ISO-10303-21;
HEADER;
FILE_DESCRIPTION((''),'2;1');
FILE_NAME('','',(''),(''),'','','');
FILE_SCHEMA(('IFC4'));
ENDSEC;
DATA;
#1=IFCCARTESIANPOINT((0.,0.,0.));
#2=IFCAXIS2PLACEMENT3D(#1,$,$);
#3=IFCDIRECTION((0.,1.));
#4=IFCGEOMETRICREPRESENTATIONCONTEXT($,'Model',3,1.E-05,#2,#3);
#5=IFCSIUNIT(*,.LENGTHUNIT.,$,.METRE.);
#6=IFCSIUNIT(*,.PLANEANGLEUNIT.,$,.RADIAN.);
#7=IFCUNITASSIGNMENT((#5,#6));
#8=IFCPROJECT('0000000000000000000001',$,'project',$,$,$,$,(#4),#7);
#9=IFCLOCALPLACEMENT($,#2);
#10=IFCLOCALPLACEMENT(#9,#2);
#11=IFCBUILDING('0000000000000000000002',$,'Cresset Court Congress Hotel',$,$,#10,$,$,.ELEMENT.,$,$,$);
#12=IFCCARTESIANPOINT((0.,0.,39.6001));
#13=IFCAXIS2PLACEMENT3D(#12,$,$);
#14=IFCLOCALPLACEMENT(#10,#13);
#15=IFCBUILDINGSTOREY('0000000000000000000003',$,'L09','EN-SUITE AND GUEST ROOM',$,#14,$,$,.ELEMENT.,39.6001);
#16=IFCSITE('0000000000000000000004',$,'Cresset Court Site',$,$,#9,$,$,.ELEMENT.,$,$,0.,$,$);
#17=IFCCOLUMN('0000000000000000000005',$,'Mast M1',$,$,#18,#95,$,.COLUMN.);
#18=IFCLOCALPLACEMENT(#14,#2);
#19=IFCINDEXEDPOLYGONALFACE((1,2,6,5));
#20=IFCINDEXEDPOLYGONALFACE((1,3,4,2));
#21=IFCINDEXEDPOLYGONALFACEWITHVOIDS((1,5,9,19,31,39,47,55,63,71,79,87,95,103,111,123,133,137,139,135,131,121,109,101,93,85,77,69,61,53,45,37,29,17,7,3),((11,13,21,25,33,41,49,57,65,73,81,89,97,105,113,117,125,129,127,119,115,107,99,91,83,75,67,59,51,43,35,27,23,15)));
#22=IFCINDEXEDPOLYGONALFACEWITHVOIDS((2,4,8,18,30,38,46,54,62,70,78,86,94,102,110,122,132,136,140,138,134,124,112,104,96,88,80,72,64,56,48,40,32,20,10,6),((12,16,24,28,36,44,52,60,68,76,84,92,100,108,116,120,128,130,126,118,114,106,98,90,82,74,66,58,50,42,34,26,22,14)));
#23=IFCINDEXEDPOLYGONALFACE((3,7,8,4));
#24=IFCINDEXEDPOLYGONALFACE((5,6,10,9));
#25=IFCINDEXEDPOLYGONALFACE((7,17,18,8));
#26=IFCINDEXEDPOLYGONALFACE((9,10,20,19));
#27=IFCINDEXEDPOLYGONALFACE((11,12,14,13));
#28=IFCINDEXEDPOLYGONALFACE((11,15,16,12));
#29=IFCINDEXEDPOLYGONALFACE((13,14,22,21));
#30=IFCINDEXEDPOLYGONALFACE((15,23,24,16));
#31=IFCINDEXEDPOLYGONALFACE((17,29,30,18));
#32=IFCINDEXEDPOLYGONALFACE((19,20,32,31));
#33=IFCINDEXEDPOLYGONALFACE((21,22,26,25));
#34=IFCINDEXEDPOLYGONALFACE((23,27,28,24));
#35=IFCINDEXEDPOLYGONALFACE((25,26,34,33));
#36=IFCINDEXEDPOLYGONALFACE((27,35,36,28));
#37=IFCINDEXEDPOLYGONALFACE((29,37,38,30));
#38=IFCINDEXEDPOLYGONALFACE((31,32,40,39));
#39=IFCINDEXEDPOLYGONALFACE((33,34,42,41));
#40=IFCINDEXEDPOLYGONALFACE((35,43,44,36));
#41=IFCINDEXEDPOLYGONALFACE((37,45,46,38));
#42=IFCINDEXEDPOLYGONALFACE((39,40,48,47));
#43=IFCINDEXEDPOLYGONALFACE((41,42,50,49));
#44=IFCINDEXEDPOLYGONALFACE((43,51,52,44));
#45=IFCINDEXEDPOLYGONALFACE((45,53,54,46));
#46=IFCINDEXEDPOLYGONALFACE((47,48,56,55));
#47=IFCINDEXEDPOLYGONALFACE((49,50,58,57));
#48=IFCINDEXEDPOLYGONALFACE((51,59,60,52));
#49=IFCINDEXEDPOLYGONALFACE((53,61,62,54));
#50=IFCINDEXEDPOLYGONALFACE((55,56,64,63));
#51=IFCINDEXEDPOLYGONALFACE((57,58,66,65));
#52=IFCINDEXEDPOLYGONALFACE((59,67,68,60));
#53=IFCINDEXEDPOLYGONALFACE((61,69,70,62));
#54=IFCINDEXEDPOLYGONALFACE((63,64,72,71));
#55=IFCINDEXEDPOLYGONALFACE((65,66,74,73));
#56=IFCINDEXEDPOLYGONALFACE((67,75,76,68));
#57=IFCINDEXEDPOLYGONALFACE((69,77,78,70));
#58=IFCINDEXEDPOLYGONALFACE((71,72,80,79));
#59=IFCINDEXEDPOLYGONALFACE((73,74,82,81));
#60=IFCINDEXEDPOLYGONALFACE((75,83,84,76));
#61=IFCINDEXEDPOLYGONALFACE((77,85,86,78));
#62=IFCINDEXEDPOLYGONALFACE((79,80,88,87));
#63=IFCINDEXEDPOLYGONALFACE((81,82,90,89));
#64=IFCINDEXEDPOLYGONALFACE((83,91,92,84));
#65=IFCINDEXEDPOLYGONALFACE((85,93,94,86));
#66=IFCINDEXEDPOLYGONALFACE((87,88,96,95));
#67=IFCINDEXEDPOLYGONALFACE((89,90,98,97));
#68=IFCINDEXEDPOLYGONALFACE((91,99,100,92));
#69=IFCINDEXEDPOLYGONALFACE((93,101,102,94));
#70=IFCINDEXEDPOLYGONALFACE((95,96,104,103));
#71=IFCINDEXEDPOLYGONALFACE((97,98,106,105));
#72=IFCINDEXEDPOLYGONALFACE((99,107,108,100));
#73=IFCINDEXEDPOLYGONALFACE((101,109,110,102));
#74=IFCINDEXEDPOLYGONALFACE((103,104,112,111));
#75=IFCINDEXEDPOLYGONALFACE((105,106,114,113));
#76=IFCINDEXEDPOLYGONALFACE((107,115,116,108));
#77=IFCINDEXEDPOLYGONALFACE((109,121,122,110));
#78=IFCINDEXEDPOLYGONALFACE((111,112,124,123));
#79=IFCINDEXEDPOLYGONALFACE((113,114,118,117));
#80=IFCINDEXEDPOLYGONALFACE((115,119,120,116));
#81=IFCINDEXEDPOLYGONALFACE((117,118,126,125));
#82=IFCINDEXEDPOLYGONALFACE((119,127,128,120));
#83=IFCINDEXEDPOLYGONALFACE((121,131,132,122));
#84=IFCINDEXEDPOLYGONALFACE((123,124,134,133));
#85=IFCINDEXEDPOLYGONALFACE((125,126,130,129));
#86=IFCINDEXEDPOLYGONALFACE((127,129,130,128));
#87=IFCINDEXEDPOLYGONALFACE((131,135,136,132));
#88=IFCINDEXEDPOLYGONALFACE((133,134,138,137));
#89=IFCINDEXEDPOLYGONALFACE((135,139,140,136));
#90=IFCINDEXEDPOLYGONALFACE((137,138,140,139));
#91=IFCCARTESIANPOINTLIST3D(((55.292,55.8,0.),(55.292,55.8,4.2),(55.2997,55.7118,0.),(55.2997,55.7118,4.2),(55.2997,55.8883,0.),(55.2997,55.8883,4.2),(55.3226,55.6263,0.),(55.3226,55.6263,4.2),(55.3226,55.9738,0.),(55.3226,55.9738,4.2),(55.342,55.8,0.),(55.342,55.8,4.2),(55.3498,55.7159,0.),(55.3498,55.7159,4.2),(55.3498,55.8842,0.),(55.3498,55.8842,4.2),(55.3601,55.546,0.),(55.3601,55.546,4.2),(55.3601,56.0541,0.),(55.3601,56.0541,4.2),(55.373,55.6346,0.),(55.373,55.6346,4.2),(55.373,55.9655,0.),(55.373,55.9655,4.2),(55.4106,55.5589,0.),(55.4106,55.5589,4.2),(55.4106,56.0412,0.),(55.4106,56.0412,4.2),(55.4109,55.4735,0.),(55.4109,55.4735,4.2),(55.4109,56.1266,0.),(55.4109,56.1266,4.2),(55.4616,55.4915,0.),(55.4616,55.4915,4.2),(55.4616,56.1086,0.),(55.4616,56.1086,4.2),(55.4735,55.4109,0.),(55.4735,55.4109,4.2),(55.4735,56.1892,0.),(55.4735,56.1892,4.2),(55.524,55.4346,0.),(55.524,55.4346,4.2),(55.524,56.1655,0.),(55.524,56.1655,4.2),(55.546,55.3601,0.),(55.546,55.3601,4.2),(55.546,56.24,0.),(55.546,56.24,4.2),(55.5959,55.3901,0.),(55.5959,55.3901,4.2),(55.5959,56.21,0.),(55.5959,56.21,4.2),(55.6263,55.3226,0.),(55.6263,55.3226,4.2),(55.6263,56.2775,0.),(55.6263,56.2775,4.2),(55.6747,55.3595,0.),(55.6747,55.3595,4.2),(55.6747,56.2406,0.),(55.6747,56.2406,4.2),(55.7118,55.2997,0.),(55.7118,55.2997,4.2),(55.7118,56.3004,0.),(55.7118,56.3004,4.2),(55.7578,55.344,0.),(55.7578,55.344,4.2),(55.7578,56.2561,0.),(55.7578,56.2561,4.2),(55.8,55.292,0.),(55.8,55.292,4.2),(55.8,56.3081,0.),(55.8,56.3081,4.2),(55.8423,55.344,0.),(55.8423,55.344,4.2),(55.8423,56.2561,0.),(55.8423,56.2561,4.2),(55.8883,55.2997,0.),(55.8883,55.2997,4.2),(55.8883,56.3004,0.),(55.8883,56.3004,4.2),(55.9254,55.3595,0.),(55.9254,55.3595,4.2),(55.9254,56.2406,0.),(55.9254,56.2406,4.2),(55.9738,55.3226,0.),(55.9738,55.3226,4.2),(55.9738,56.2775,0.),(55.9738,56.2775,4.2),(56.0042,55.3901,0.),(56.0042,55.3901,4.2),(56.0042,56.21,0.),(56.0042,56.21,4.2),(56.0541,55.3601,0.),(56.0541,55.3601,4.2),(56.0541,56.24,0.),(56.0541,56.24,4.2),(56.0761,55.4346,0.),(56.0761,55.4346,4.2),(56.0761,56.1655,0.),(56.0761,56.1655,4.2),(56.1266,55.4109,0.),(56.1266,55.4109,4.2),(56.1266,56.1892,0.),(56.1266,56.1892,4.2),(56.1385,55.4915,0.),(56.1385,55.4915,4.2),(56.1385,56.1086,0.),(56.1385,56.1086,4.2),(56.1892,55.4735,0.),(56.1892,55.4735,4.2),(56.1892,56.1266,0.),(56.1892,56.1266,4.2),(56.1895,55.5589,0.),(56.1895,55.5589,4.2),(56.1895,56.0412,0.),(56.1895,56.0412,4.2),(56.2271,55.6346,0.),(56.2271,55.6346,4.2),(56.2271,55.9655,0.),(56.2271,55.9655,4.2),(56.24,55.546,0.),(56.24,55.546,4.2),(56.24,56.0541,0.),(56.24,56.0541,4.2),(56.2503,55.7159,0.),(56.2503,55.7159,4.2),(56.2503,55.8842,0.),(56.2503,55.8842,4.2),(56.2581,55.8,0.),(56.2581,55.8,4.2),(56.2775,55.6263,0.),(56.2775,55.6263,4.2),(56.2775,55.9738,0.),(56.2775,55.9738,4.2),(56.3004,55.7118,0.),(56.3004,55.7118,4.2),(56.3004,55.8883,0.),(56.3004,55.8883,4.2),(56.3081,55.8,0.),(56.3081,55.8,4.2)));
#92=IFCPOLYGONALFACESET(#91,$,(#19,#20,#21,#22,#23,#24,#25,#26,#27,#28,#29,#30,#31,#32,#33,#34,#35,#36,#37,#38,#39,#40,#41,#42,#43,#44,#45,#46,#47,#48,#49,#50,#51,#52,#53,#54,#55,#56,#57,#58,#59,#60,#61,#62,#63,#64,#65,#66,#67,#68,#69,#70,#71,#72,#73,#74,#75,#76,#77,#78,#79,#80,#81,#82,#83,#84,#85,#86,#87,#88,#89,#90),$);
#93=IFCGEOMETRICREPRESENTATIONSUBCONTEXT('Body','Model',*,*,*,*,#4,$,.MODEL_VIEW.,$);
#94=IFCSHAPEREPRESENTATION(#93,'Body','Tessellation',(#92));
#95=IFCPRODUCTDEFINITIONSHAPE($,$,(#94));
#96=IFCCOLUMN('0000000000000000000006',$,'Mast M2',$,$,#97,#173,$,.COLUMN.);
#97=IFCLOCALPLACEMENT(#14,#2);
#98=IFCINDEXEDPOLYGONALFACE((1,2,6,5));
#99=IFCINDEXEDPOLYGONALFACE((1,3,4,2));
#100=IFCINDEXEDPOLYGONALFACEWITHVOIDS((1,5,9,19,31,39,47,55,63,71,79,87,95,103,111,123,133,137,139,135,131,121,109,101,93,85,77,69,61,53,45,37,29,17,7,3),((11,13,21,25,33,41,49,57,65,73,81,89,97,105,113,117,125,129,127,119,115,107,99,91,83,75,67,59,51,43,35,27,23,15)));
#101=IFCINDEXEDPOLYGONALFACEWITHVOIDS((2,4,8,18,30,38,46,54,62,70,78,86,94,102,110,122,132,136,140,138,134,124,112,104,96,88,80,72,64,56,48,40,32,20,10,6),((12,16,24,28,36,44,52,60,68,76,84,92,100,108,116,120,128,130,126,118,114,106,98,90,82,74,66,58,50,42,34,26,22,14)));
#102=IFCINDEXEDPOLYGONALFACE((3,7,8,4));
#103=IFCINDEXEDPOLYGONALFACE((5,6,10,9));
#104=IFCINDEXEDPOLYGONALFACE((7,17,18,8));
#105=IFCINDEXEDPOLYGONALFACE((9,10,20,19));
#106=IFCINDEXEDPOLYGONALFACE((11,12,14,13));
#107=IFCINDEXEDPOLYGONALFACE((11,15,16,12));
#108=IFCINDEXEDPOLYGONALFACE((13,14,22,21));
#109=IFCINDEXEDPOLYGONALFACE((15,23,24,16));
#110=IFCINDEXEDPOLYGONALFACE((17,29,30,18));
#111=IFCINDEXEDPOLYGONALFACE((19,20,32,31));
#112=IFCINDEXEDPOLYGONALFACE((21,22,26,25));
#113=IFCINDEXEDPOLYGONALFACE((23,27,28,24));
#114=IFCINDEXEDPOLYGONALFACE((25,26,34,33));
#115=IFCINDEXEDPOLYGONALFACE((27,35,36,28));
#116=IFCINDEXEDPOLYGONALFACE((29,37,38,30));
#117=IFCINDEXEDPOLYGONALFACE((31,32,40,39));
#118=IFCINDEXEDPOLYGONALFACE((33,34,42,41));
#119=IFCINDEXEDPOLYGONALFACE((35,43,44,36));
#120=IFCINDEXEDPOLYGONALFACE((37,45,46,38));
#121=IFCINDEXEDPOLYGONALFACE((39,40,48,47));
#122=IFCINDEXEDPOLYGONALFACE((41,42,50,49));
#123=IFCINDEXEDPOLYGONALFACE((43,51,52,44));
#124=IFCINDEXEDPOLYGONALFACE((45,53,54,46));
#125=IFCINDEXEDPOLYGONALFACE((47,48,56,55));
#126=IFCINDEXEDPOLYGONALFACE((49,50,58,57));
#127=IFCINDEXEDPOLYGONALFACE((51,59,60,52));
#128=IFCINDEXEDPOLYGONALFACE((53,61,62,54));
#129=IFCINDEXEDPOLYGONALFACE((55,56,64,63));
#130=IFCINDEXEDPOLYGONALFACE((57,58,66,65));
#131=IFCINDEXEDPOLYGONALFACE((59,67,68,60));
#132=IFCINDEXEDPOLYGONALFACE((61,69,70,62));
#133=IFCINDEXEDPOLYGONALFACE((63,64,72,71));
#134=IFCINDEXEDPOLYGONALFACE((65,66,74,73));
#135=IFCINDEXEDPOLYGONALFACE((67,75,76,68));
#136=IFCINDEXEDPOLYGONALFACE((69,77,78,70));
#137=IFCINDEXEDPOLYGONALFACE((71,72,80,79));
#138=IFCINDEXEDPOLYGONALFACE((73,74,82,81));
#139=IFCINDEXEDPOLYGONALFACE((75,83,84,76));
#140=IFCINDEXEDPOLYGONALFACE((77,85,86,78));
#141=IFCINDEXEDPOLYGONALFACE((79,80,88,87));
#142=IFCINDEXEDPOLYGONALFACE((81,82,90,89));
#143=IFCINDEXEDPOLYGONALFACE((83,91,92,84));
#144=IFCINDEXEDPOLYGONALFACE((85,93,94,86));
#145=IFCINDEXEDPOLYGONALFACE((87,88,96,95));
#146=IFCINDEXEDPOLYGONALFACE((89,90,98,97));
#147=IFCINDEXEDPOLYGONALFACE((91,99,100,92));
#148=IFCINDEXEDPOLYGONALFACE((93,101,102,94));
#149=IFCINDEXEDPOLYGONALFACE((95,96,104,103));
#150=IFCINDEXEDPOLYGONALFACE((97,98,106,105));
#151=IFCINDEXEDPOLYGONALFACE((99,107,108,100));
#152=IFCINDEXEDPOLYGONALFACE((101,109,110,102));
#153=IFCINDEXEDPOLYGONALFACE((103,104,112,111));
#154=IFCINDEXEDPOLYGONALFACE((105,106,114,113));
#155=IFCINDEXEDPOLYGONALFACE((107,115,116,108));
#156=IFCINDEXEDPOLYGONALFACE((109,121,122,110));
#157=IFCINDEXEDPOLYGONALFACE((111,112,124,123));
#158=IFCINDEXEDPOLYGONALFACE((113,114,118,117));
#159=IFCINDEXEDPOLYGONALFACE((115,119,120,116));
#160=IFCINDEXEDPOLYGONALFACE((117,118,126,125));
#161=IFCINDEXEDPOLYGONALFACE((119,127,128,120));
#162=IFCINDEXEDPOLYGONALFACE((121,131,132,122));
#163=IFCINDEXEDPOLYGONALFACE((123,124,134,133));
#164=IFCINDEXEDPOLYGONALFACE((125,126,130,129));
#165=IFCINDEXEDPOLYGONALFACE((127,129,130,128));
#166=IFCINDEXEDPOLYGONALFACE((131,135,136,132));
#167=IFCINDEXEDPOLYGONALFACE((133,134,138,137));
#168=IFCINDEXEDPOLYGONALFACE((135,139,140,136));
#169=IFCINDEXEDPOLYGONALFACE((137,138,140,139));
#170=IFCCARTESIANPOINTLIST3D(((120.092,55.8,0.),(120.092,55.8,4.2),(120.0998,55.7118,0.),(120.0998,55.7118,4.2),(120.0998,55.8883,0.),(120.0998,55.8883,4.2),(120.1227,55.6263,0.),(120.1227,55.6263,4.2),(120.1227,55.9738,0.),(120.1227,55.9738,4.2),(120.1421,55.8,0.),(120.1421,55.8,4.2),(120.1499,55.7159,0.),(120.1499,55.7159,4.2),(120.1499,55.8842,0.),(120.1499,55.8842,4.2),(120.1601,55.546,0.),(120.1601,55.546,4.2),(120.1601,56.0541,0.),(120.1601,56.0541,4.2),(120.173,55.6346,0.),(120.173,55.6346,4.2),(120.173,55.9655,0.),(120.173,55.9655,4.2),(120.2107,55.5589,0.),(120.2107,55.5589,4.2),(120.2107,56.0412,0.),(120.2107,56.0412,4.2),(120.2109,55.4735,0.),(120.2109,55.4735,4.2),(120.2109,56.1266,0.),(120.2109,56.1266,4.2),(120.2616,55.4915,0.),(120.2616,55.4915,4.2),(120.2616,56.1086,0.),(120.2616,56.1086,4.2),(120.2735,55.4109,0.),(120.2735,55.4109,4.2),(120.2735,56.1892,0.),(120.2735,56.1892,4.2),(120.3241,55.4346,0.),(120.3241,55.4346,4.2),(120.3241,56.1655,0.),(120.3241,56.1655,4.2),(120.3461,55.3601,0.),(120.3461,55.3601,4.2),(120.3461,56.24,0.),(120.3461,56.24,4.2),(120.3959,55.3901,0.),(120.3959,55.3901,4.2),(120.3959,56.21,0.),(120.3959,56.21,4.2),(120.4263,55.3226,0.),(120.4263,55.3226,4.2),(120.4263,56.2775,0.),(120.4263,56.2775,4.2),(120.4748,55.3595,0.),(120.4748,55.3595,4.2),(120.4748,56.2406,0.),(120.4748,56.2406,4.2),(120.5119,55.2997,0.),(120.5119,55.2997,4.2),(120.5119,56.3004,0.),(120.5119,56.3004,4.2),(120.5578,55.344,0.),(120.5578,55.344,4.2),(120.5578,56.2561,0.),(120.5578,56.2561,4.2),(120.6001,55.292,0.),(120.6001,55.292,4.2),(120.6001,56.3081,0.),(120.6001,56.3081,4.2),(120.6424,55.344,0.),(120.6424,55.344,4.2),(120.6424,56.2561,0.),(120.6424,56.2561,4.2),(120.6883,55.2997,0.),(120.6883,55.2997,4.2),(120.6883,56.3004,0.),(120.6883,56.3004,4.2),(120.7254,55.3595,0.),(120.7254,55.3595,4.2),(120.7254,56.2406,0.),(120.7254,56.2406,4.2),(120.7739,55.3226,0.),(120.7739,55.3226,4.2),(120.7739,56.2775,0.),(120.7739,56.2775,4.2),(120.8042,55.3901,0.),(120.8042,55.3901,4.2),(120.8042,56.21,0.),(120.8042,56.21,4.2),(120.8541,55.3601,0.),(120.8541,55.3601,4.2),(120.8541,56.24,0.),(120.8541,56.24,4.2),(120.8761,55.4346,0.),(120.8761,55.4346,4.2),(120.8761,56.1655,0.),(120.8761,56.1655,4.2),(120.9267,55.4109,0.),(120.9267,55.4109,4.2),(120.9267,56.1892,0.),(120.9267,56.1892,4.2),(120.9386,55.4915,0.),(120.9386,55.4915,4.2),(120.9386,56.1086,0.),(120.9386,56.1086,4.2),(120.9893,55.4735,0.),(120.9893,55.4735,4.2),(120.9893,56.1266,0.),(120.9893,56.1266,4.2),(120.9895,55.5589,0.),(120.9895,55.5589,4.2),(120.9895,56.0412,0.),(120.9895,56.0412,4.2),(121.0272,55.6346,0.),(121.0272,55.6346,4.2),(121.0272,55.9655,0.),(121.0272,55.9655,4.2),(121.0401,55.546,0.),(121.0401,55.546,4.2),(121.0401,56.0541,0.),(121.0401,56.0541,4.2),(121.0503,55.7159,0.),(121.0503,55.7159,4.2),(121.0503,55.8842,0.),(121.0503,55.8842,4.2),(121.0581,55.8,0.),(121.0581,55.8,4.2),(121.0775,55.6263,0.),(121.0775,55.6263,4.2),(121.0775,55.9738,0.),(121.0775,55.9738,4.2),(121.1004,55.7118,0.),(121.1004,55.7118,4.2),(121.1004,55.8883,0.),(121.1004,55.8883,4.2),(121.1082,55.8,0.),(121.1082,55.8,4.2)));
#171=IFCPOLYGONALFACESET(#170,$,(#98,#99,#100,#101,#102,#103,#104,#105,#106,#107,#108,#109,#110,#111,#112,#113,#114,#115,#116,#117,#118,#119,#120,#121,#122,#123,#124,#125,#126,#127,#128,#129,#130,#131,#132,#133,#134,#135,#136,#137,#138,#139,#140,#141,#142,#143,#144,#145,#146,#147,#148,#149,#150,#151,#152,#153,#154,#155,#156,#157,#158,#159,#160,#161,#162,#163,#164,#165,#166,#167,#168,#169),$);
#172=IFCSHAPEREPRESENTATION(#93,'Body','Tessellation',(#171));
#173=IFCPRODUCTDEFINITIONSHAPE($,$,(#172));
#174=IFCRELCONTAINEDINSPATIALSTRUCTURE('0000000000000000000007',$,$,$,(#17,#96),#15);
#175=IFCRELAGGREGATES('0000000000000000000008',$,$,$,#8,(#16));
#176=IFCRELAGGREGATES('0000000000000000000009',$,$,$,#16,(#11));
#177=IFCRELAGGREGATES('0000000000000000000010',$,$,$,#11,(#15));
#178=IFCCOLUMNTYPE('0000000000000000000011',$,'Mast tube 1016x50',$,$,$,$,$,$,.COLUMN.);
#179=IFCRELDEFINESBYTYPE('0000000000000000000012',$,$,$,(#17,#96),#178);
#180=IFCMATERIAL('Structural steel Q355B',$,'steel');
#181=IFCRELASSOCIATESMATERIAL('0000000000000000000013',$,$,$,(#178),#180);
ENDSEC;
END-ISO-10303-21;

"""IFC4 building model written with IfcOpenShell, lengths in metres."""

from ifc_helpers import new_model, si_unit, direction, frame, origin, origin_2d, place, context, subcontext, project, spatial, hollow_circle, extrude, material, material_profile, profile_set, type_object, element, save


model = new_model("IFC4")

# Units and contexts
model_context = context("Model", 3, precision=1e-05, world=origin(), true_north=direction((0.0, 1.0)))
body_context = subcontext(model_context, "Body", "Model", "MODEL_VIEW")
ifc_project = project(units=[si_unit("LENGTHUNIT", "METRE"), si_unit("PLANEANGLEUNIT", "RADIAN")], contexts=[model_context])

# Site, building, storey
site_placement = place(None, origin())
site = spatial("IfcSite", under=ifc_project, at=site_placement, Name="Cresset Court Site", CompositionType="ELEMENT", RefElevation=0.0)
building_placement = place(site_placement, origin())
building = spatial("IfcBuilding", under=site, at=building_placement, Name="Cresset Court Congress Hotel", CompositionType="ELEMENT")
storey_placement = place(building_placement, frame((0.0, 0.0, 39.6001)))
storey = spatial("IfcBuildingStorey", under=building, at=storey_placement, Name="L09", Description="EN-SUITE AND GUEST ROOM", CompositionType="ELEMENT", Elevation=39.6001)

# Columns
ifc_material_1 = material(Name="Structural steel Q355B", Category="steel")
ifc_material_profile_1 = material_profile(ifc_material_1, hollow_circle(Radius=0.5081, WallThickness=0.05, at=origin_2d()), Name="CHS1016x50")
ifc_profile_set_1 = profile_set([ifc_material_profile_1], Name="Structural steel Q355B")
column_type = type_object("IfcColumnType", Name="Mast tube 1016x50", PredefinedType="COLUMN", material=ifc_profile_set_1)
for number, where, z_axis, x_axis, name in (
    (1, (55.8, 55.8, 0.0), (0.0, 0.0, 1.0), (1.0, 0.0, 0.0), "Mast M1"),
    (2, (120.6001, 55.8, 0.0), (0.0, 0.0, 1.0), (1.0, 0.0, 0.0), "Mast M2"),
):
    element("IfcColumn", number, at=place(storey_placement, frame(where, z_axis=z_axis, x_axis=x_axis)), inside=storey, type_object=column_type, Name=name, PredefinedType="COLUMN", context=body_context, shape_type="SweptSolid", body=[
        extrude(hollow_circle(Radius=0.5081, WallThickness=0.05, at=origin_2d()), origin(), (0.0, 0.0, 1.0), 4.2),
    ])

save(model, "model.ifc")
